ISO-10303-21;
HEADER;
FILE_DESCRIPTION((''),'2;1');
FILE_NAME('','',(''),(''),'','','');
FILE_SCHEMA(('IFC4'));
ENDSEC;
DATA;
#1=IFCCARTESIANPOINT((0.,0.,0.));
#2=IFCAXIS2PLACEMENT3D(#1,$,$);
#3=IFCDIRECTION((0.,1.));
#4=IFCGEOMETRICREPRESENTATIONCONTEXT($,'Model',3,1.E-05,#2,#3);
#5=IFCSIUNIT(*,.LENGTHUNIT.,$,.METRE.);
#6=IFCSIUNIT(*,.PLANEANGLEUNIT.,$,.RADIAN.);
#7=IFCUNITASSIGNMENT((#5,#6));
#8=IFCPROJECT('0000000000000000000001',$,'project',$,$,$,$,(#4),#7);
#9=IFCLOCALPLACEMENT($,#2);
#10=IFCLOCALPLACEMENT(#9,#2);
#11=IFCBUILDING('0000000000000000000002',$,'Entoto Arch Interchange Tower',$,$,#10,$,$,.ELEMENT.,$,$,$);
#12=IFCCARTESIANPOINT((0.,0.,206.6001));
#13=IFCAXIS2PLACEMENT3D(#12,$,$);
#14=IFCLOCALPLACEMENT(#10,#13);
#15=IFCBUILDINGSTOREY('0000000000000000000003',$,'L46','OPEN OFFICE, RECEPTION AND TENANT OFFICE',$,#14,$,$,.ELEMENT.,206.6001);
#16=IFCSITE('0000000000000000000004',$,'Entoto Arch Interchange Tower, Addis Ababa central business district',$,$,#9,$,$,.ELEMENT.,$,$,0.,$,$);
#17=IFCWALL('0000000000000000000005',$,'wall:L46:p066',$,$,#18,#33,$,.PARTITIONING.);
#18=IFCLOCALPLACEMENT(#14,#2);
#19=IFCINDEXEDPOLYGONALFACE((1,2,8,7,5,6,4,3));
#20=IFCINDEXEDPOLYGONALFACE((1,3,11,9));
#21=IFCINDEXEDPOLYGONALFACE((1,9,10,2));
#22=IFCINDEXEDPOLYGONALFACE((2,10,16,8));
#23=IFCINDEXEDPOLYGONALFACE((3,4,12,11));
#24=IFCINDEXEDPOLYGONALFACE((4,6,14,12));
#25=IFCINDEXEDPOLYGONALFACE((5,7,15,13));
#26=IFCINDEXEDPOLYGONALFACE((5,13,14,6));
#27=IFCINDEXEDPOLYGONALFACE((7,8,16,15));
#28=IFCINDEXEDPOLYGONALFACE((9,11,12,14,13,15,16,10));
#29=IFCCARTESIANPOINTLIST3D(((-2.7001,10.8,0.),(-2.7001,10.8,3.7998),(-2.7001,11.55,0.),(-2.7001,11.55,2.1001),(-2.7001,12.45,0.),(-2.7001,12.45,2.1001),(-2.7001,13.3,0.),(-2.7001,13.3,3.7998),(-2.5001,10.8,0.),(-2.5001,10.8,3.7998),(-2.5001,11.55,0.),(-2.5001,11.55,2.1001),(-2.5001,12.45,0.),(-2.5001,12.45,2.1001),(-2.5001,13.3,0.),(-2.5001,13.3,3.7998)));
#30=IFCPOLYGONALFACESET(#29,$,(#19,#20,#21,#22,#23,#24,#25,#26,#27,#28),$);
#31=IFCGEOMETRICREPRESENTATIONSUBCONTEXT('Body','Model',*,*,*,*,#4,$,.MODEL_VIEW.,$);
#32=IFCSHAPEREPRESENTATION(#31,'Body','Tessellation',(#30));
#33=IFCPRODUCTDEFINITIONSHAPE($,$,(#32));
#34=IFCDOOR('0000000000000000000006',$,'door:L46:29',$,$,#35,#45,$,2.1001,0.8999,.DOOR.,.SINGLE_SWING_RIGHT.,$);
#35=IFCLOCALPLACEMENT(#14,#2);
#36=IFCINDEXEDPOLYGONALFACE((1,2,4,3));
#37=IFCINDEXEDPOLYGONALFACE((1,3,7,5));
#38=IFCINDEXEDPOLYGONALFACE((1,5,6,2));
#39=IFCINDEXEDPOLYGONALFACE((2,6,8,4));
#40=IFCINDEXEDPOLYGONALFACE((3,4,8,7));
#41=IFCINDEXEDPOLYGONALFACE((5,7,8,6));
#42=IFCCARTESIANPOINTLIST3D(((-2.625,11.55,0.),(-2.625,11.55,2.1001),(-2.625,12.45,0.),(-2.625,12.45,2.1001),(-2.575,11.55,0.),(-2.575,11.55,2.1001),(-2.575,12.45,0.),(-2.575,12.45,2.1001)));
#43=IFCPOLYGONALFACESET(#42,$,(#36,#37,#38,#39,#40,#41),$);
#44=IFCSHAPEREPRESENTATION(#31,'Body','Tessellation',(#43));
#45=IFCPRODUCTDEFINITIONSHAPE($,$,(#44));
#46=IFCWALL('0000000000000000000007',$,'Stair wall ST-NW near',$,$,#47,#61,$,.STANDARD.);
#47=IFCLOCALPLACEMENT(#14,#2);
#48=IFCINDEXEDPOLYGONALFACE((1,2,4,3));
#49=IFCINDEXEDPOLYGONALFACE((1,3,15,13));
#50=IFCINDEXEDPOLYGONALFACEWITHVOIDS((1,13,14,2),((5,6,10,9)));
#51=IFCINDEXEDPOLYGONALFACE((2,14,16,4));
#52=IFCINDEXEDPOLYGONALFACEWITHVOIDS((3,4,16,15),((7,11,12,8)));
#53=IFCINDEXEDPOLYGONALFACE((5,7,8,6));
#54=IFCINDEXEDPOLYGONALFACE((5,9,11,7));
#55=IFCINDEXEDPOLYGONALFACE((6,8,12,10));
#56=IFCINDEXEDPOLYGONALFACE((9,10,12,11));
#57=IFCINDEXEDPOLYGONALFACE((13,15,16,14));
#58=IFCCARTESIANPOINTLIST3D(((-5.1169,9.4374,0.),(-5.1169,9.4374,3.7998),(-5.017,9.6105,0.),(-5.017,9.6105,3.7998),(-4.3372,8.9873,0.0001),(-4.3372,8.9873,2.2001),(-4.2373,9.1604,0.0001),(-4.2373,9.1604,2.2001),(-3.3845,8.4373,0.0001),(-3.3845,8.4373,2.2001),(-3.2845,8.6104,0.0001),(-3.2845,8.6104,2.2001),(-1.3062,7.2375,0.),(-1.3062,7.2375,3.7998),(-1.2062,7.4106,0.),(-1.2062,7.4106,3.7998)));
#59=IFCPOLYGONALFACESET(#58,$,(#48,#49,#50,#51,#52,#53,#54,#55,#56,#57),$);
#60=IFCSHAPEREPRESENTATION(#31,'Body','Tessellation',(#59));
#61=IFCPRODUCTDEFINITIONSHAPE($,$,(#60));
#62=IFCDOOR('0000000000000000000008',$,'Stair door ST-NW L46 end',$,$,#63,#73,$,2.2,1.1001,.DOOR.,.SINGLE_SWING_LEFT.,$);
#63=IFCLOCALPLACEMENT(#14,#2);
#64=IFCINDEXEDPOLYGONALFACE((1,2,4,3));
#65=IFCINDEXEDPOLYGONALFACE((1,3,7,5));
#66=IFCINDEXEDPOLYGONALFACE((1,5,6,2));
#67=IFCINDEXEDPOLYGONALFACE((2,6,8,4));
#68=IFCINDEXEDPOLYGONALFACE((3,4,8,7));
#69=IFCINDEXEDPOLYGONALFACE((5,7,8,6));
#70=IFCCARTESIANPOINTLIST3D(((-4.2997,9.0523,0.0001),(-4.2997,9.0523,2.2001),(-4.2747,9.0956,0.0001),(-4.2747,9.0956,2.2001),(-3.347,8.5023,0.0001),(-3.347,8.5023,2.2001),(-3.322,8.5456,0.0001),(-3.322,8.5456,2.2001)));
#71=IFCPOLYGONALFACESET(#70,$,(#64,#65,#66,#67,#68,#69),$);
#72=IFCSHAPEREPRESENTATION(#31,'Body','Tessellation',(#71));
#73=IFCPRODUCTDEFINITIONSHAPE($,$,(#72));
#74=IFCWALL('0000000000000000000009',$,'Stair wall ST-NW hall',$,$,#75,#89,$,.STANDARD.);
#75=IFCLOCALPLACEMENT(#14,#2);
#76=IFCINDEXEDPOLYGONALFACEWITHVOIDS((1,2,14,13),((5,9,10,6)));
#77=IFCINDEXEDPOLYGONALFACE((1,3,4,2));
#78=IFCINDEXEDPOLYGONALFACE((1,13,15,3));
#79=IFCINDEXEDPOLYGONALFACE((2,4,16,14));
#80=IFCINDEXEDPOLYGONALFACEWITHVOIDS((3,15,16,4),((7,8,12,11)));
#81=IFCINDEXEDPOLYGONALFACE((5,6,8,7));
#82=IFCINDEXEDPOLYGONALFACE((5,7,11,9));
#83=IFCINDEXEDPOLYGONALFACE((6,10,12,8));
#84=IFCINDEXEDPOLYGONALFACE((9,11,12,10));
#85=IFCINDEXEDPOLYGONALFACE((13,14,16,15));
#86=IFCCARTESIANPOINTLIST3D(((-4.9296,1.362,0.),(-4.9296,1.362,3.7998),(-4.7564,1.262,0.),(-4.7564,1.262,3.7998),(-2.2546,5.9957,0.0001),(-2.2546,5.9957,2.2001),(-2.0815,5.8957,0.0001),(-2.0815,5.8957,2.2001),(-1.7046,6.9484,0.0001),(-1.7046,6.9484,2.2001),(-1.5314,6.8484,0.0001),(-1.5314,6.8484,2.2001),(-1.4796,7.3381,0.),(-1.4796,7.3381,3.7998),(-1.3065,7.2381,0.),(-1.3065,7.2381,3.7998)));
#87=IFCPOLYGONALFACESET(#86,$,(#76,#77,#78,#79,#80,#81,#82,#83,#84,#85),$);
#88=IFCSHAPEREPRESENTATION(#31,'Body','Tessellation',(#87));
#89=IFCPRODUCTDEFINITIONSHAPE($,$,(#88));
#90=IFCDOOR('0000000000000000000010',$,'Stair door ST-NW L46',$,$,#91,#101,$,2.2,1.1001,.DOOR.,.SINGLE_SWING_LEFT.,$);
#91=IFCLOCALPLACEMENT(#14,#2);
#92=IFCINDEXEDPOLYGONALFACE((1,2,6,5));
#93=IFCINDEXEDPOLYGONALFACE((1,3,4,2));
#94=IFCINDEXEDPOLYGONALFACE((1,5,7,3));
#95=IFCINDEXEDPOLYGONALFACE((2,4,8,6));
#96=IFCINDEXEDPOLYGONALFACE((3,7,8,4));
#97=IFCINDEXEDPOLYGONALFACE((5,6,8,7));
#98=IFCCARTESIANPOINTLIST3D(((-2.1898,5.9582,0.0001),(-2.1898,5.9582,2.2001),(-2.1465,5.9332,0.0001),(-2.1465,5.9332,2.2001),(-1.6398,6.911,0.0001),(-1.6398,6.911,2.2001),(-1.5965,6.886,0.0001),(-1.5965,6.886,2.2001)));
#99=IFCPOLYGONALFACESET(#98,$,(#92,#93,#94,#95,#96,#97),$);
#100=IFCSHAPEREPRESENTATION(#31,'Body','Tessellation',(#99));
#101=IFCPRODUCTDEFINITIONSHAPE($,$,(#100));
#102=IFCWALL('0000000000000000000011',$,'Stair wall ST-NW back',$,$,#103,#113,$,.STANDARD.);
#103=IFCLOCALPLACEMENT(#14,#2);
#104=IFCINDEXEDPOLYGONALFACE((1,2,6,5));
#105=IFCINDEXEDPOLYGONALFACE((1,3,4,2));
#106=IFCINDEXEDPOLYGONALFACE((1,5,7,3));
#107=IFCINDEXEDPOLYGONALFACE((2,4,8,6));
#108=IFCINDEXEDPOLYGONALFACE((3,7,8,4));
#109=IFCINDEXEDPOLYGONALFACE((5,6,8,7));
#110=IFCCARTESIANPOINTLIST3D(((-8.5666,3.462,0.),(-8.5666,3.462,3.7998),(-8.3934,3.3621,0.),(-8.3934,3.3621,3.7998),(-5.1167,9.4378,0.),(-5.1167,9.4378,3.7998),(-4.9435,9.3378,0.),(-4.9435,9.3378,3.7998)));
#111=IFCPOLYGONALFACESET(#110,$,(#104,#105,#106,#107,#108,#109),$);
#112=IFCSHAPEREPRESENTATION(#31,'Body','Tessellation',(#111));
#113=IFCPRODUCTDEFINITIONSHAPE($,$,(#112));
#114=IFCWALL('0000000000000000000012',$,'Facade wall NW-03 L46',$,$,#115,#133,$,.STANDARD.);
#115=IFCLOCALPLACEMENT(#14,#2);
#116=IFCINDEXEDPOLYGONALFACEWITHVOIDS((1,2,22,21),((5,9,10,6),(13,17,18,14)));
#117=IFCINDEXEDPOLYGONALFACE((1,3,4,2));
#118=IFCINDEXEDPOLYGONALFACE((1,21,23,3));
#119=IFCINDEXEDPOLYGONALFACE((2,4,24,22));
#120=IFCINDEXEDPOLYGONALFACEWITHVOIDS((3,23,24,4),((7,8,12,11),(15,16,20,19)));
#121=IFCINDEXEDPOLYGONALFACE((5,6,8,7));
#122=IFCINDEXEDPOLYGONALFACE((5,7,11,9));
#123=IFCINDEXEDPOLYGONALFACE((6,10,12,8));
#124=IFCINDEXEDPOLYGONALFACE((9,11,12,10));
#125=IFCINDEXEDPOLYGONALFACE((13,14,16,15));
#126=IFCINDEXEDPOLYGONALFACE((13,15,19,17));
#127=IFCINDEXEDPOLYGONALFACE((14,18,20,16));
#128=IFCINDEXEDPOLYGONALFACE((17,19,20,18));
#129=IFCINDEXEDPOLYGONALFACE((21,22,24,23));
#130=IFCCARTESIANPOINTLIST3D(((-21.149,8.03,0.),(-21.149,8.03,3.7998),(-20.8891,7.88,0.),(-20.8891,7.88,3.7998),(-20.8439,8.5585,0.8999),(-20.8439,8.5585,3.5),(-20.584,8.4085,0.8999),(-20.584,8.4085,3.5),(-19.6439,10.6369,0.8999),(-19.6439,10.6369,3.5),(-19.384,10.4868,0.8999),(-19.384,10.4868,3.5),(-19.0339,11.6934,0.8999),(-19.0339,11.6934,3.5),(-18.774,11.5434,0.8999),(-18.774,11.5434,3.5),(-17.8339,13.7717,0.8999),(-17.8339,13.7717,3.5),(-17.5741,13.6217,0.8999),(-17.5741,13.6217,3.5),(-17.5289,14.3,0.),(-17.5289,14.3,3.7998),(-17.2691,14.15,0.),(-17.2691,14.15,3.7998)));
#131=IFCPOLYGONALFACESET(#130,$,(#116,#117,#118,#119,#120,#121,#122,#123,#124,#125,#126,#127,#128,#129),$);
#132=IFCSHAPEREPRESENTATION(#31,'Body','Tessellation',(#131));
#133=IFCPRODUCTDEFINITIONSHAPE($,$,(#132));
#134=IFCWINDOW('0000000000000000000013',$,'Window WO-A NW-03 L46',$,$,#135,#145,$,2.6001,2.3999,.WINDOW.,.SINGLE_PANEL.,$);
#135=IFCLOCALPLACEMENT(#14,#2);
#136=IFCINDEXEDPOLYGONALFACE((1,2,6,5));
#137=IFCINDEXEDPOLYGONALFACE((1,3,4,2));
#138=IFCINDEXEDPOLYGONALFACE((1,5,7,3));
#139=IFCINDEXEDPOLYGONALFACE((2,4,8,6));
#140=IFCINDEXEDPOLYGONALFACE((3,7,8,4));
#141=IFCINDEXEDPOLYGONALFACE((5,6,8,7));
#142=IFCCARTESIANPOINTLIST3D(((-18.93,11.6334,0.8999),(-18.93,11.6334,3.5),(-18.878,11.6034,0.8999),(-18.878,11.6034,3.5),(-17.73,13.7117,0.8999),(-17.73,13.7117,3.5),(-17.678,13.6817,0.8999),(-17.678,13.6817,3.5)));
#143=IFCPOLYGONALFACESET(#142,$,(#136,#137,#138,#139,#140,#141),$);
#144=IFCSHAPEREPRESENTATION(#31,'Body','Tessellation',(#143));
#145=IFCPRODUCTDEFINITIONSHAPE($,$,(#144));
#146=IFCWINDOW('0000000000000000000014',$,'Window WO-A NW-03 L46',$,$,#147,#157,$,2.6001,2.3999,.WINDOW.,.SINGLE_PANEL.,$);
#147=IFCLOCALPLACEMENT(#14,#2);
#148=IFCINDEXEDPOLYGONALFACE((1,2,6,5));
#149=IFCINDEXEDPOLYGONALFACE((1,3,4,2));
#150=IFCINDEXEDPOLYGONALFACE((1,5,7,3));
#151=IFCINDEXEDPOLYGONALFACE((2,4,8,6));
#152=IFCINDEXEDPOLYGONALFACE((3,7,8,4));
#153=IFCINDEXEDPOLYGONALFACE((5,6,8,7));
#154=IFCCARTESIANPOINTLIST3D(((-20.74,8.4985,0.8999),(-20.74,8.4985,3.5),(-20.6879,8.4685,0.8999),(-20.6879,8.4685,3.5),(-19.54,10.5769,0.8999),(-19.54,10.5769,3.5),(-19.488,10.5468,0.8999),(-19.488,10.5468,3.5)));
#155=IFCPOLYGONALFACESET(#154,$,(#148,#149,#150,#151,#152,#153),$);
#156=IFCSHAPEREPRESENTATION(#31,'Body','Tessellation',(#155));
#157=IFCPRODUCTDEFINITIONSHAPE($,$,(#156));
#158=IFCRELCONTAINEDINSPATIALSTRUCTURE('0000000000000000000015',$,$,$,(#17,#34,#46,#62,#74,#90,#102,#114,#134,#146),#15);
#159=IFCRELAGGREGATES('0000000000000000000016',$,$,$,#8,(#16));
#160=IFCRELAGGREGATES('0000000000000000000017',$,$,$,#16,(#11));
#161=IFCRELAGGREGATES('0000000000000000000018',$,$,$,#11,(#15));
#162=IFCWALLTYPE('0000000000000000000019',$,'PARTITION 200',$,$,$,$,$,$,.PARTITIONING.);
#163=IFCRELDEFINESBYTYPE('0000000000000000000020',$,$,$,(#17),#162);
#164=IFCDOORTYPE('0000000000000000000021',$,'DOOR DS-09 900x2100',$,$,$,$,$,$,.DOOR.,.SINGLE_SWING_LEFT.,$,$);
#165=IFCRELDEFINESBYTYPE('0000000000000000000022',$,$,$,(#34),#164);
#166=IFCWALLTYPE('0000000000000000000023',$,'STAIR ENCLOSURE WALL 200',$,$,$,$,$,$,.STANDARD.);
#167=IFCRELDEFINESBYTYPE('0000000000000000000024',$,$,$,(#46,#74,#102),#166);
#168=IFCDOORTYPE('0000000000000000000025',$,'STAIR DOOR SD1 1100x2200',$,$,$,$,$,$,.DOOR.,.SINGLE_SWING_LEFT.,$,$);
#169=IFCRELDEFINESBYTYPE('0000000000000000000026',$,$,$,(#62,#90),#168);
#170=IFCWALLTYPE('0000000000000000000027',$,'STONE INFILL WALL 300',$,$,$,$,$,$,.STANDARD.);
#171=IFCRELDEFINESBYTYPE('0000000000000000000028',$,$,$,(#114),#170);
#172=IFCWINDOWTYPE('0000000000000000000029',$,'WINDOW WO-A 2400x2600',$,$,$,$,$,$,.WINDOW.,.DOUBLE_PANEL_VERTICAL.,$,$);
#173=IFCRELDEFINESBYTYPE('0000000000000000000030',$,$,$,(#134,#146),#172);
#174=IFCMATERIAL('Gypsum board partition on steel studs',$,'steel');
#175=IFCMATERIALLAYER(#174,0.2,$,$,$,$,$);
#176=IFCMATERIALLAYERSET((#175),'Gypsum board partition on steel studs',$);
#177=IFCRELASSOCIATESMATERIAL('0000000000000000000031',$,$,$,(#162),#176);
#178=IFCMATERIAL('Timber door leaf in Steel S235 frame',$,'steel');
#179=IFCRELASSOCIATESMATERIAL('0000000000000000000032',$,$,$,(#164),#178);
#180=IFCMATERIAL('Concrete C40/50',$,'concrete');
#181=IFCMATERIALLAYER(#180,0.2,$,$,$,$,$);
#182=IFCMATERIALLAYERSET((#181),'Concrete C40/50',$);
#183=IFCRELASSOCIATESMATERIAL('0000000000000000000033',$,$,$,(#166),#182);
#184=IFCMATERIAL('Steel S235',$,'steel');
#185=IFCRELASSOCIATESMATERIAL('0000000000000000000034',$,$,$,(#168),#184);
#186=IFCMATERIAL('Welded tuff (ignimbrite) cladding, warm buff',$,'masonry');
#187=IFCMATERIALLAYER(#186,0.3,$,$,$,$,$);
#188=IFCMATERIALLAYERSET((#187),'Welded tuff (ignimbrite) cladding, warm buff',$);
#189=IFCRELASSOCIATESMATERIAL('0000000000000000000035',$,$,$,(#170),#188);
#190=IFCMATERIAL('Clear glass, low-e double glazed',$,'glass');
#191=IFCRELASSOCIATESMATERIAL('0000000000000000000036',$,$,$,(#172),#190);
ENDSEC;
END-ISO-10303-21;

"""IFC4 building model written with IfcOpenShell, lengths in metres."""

from ifc_helpers import new_model, si_unit, direction, frame, frame_2d, origin, place, context, subcontext, project, spatial, rectangle, extrude, material, layer, layer_set, type_object, element, fill, save


model = new_model("IFC4")

# Units and contexts
model_context = context("Model", 3, precision=1e-05, world=origin(), true_north=direction((0.0, 1.0)))
body_context = subcontext(model_context, "Body", "Model", "MODEL_VIEW")
ifc_project = project(units=[si_unit("LENGTHUNIT", "METRE"), si_unit("PLANEANGLEUNIT", "RADIAN")], contexts=[model_context])

# Site, building, storey
site_placement = place(None, origin())
site = spatial("IfcSite", under=ifc_project, at=site_placement, Name="Entoto Arch Interchange Tower, Addis Ababa central business district", CompositionType="ELEMENT", RefElevation=0.0)
building_placement = place(site_placement, origin())
building = spatial("IfcBuilding", under=site, at=building_placement, Name="Entoto Arch Interchange Tower", CompositionType="ELEMENT")
storey_placement = place(building_placement, frame((0.0, 0.0, 206.6001)))
storey = spatial("IfcBuildingStorey", under=building, at=storey_placement, Name="L46", Description="OPEN OFFICE, RECEPTION AND TENANT OFFICE", CompositionType="ELEMENT", Elevation=206.6001)

# Shared definitions
ifc_material_1 = material(Name="Concrete C40/50", Category="concrete")
ifc_material_2 = material(Name="Gypsum board partition on steel studs", Category="steel")

# Shared definitions
ifc_layer_1 = layer(ifc_material_2, 0.2)
ifc_layer_set_1 = layer_set([ifc_layer_1], Name="Gypsum board partition on steel studs")
wall_type_1 = type_object("IfcWallType", Name="PARTITION 200", PredefinedType="PARTITIONING", material=ifc_layer_set_1)
ifc_material_3 = material(Name="Timber door leaf in Steel S235 frame", Category="steel")

# Walls, openings, doors
wall_1_placement = place(storey_placement, frame((-2.6001, 10.8, 0.0), z_axis=(0.0, 0.0, 1.0), x_axis=(0.0, 1.0, 0.0)))
wall_1 = element("IfcWall", 1, at=wall_1_placement, inside=storey, type_object=wall_type_1, Name="wall:L46:p066", PredefinedType="PARTITIONING", context=body_context, shape_type="SweptSolid", body=[
    extrude(rectangle(XDim=2.5, YDim=0.2, at=frame_2d((1.25, 0.0))), origin(), (0.0, 0.0, 1.0), 3.7998),
])
opening_1_placement = place(wall_1_placement, frame((0.75, 0.0, 0.0)))
opening_1 = element("IfcOpeningElement", 2, at=opening_1_placement, cuts=wall_1, PredefinedType="OPENING", context=body_context, shape_type="SweptSolid", body=[
    extrude(rectangle(XDim=0.8999, YDim=2.1001, at=frame_2d((0.45, 1.05))), frame((0.0, 0.1099, 0.0), z_axis=(0.0, -1.0, 0.0), x_axis=(1.0, 0.0, 0.0)), (0.0, 0.0, 1.0), 0.22),
])
door_type_1 = type_object("IfcDoorType", Name="DOOR DS-09 900x2100", OperationType="SINGLE_SWING_LEFT", PredefinedType="DOOR", material=ifc_material_3)
door_1_placement = place(opening_1_placement, origin())
door_1 = element("IfcDoor", 3, at=door_1_placement, inside=storey, type_object=door_type_1, Name="door:L46:29", OperationType="SINGLE_SWING_RIGHT", OverallHeight=2.1001, OverallWidth=0.8999, PredefinedType="DOOR", context=body_context, shape_type="SweptSolid", body=[
    extrude(rectangle(XDim=0.8999, YDim=2.1001, at=frame_2d((0.45, 1.05))), frame((0.0, 0.0249, 0.0), z_axis=(0.0, -1.0, 0.0), x_axis=(1.0, 0.0, 0.0)), (0.0, 0.0, 1.0), 0.05),
])
fill(opening_1, door_1)
ifc_layer_2 = layer(ifc_material_1, 0.2)
ifc_layer_set_2 = layer_set([ifc_layer_2], Name="Concrete C40/50")
wall_type_2 = type_object("IfcWallType", Name="STAIR ENCLOSURE WALL 200", PredefinedType="STANDARD", material=ifc_layer_set_2)
wall_2_placement = place(storey_placement, frame((-1.2561, 7.324, 0.0), z_axis=(0.0, 0.0, 1.0), x_axis=(-0.866046, 0.499964, 0.0)))
wall_2 = element("IfcWall", 4, at=wall_2_placement, inside=storey, type_object=wall_type_2, Name="Stair wall ST-NW near", PredefinedType="STANDARD", context=body_context, shape_type="SweptSolid", body=[
    extrude(rectangle(XDim=4.4001, YDim=0.2, at=frame_2d((2.2002, 0.0))), origin(), (0.0, 0.0, 1.0), 3.7998),
])
opening_2_placement = place(wall_2_placement, frame((2.3999, 0.0, 0.0)))
opening_2 = element("IfcOpeningElement", 5, at=opening_2_placement, cuts=wall_2, PredefinedType="OPENING", context=body_context, shape_type="SweptSolid", body=[
    extrude(rectangle(XDim=1.1001, YDim=2.2, at=frame_2d((0.55, 1.1001))), frame((0.0, 0.1099, 0.0), z_axis=(0.0, -1.0, 0.0), x_axis=(1.0, 0.0, 0.0)), (0.0, 0.0, 1.0), 0.22),
])
ifc_material_4 = material(Name="Steel S235", Category="steel")
door_type_2 = type_object("IfcDoorType", Name="STAIR DOOR SD1 1100x2200", OperationType="SINGLE_SWING_LEFT", PredefinedType="DOOR", material=ifc_material_4)
door_2_placement = place(opening_2_placement, origin())
door_2 = element("IfcDoor", 6, at=door_2_placement, inside=storey, type_object=door_type_2, Name="Stair door ST-NW L46 end", OperationType="SINGLE_SWING_LEFT", OverallHeight=2.2, OverallWidth=1.1001, PredefinedType="DOOR", context=body_context, shape_type="SweptSolid", body=[
    extrude(rectangle(XDim=1.1001, YDim=2.2, at=frame_2d((0.55, 1.1001))), frame((0.0, 0.0249, 0.0), z_axis=(0.0, -1.0, 0.0), x_axis=(1.0, 0.0, 0.0)), (0.0, 0.0, 1.0), 0.05),
])
fill(opening_2, door_2)
wall_3_placement = place(storey_placement, frame((-1.3931, 7.2881, 0.0), z_axis=(0.0, 0.0, 1.0), x_axis=(-0.499963, -0.866047, 0.0)))
wall_3 = element("IfcWall", 7, at=wall_3_placement, inside=storey, type_object=wall_type_2, Name="Stair wall ST-NW hall", PredefinedType="STANDARD", context=body_context, shape_type="SweptSolid", body=[
    extrude(rectangle(XDim=6.9004, YDim=0.2, at=frame_2d((3.4502, 0.0))), origin(), (0.0, 0.0, 1.0), 3.7998),
])
opening_3_placement = place(wall_3_placement, frame((0.45, 0.0, 0.0)))
opening_3 = element("IfcOpeningElement", 8, at=opening_3_placement, cuts=wall_3, PredefinedType="OPENING", context=body_context, shape_type="SweptSolid", body=[
    extrude(rectangle(XDim=1.1001, YDim=2.2, at=frame_2d((0.55, 1.1001))), frame((0.0, 0.1099, 0.0), z_axis=(0.0, -1.0, 0.0), x_axis=(1.0, 0.0, 0.0)), (0.0, 0.0, 1.0), 0.22),
])
door_3_placement = place(opening_3_placement, origin())
door_3 = element("IfcDoor", 9, at=door_3_placement, inside=storey, type_object=door_type_2, Name="Stair door ST-NW L46", OperationType="SINGLE_SWING_LEFT", OverallHeight=2.2, OverallWidth=1.1001, PredefinedType="DOOR", context=body_context, shape_type="SweptSolid", body=[
    extrude(rectangle(XDim=1.1001, YDim=2.2, at=frame_2d((0.55, 1.1001))), frame((0.0, 0.0249, 0.0), z_axis=(0.0, -1.0, 0.0), x_axis=(1.0, 0.0, 0.0)), (0.0, 0.0, 1.0), 0.05),
])
fill(opening_3, door_3)

# Wall
wall_4_placement = place(storey_placement, frame((-5.03, 9.3879, 0.0), z_axis=(0.0, 0.0, 1.0), x_axis=(-0.499979, -0.866038, 0.0)))
element("IfcWall", 10, at=wall_4_placement, inside=storey, type_object=wall_type_2, Name="Stair wall ST-NW back", PredefinedType="STANDARD", context=body_context, shape_type="SweptSolid", body=[
    extrude(rectangle(XDim=6.9001, YDim=0.2, at=frame_2d((3.4502, 0.0))), origin(), (0.0, 0.0, 1.0), 3.7998),
])

# Wall, openings, windows
ifc_material_5 = material(Name="Welded tuff (ignimbrite) cladding, warm buff", Category="masonry")
ifc_layer_3 = layer(ifc_material_5, 0.3)
ifc_layer_set_3 = layer_set([ifc_layer_3], Name="Welded tuff (ignimbrite) cladding, warm buff")
wall_type_3 = type_object("IfcWallType", Name="STONE INFILL WALL 300", PredefinedType="STANDARD", material=ifc_layer_set_3)
wall_5_placement = place(storey_placement, frame((-17.3989, 14.2251, 0.0), z_axis=(0.0, 0.0, 1.0), x_axis=(-0.500012, -0.866018, 0.0)))
wall_5 = element("IfcWall", 11, at=wall_5_placement, inside=storey, type_object=wall_type_3, Name="Facade wall NW-03 L46", PredefinedType="STANDARD", context=body_context, shape_type="SweptSolid", body=[
    extrude(rectangle(XDim=7.24, YDim=0.3, at=frame_2d((3.6201, 0.0))), origin(), (0.0, 0.0, 1.0), 3.7998),
])
opening_4_placement = place(wall_5_placement, frame((0.6101, 0.0, 0.8999)))
opening_4 = element("IfcOpeningElement", 12, at=opening_4_placement, cuts=wall_5, PredefinedType="OPENING", context=body_context, shape_type="SweptSolid", body=[
    extrude(rectangle(XDim=2.3999, YDim=2.6001, at=frame_2d((1.2, 1.3))), frame((0.0, 0.1602, 0.0), z_axis=(0.0, -1.0, 0.0), x_axis=(1.0, 0.0, 0.0)), (0.0, 0.0, 1.0), 0.3201),
])
opening_5_placement = place(wall_5_placement, frame((4.23, 0.0, 0.8999)))
opening_5 = element("IfcOpeningElement", 13, at=opening_5_placement, cuts=wall_5, PredefinedType="OPENING", context=body_context, shape_type="SweptSolid", body=[
    extrude(rectangle(XDim=2.3999, YDim=2.6001, at=frame_2d((1.2, 1.3))), frame((0.0, 0.1602, 0.0), z_axis=(0.0, -1.0, 0.0), x_axis=(1.0, 0.0, 0.0)), (0.0, 0.0, 1.0), 0.3201),
])
ifc_material_6 = material(Name="Clear glass, low-e double glazed", Category="glass")
window_type = type_object("IfcWindowType", Name="WINDOW WO-A 2400x2600", PartitioningType="DOUBLE_PANEL_VERTICAL", PredefinedType="WINDOW", material=ifc_material_6)
window_1_placement = place(opening_4_placement, origin())
window_1 = element("IfcWindow", 14, at=window_1_placement, inside=storey, type_object=window_type, Name="Window WO-A NW-03 L46", OverallHeight=2.6001, OverallWidth=2.3999, PartitioningType="SINGLE_PANEL", PredefinedType="WINDOW", context=body_context, shape_type="SweptSolid", body=[
    extrude(rectangle(XDim=2.3999, YDim=2.6001, at=frame_2d((1.2, 1.3))), frame((0.0, 0.03, 0.0), z_axis=(0.0, -1.0, 0.0), x_axis=(1.0, 0.0, 0.0)), (0.0, 0.0, 1.0), 0.0601),
])
fill(opening_4, window_1)
window_2_placement = place(opening_5_placement, origin())
window_2 = element("IfcWindow", 15, at=window_2_placement, inside=storey, type_object=window_type, Name="Window WO-A NW-03 L46", OverallHeight=2.6001, OverallWidth=2.3999, PartitioningType="SINGLE_PANEL", PredefinedType="WINDOW", context=body_context, shape_type="SweptSolid", body=[
    extrude(rectangle(XDim=2.3999, YDim=2.6001, at=frame_2d((1.2, 1.3))), frame((0.0, 0.03, 0.0), z_axis=(0.0, -1.0, 0.0), x_axis=(1.0, 0.0, 0.0)), (0.0, 0.0, 1.0), 0.0601),
])
fill(opening_5, window_2)

save(model, "model.ifc")
